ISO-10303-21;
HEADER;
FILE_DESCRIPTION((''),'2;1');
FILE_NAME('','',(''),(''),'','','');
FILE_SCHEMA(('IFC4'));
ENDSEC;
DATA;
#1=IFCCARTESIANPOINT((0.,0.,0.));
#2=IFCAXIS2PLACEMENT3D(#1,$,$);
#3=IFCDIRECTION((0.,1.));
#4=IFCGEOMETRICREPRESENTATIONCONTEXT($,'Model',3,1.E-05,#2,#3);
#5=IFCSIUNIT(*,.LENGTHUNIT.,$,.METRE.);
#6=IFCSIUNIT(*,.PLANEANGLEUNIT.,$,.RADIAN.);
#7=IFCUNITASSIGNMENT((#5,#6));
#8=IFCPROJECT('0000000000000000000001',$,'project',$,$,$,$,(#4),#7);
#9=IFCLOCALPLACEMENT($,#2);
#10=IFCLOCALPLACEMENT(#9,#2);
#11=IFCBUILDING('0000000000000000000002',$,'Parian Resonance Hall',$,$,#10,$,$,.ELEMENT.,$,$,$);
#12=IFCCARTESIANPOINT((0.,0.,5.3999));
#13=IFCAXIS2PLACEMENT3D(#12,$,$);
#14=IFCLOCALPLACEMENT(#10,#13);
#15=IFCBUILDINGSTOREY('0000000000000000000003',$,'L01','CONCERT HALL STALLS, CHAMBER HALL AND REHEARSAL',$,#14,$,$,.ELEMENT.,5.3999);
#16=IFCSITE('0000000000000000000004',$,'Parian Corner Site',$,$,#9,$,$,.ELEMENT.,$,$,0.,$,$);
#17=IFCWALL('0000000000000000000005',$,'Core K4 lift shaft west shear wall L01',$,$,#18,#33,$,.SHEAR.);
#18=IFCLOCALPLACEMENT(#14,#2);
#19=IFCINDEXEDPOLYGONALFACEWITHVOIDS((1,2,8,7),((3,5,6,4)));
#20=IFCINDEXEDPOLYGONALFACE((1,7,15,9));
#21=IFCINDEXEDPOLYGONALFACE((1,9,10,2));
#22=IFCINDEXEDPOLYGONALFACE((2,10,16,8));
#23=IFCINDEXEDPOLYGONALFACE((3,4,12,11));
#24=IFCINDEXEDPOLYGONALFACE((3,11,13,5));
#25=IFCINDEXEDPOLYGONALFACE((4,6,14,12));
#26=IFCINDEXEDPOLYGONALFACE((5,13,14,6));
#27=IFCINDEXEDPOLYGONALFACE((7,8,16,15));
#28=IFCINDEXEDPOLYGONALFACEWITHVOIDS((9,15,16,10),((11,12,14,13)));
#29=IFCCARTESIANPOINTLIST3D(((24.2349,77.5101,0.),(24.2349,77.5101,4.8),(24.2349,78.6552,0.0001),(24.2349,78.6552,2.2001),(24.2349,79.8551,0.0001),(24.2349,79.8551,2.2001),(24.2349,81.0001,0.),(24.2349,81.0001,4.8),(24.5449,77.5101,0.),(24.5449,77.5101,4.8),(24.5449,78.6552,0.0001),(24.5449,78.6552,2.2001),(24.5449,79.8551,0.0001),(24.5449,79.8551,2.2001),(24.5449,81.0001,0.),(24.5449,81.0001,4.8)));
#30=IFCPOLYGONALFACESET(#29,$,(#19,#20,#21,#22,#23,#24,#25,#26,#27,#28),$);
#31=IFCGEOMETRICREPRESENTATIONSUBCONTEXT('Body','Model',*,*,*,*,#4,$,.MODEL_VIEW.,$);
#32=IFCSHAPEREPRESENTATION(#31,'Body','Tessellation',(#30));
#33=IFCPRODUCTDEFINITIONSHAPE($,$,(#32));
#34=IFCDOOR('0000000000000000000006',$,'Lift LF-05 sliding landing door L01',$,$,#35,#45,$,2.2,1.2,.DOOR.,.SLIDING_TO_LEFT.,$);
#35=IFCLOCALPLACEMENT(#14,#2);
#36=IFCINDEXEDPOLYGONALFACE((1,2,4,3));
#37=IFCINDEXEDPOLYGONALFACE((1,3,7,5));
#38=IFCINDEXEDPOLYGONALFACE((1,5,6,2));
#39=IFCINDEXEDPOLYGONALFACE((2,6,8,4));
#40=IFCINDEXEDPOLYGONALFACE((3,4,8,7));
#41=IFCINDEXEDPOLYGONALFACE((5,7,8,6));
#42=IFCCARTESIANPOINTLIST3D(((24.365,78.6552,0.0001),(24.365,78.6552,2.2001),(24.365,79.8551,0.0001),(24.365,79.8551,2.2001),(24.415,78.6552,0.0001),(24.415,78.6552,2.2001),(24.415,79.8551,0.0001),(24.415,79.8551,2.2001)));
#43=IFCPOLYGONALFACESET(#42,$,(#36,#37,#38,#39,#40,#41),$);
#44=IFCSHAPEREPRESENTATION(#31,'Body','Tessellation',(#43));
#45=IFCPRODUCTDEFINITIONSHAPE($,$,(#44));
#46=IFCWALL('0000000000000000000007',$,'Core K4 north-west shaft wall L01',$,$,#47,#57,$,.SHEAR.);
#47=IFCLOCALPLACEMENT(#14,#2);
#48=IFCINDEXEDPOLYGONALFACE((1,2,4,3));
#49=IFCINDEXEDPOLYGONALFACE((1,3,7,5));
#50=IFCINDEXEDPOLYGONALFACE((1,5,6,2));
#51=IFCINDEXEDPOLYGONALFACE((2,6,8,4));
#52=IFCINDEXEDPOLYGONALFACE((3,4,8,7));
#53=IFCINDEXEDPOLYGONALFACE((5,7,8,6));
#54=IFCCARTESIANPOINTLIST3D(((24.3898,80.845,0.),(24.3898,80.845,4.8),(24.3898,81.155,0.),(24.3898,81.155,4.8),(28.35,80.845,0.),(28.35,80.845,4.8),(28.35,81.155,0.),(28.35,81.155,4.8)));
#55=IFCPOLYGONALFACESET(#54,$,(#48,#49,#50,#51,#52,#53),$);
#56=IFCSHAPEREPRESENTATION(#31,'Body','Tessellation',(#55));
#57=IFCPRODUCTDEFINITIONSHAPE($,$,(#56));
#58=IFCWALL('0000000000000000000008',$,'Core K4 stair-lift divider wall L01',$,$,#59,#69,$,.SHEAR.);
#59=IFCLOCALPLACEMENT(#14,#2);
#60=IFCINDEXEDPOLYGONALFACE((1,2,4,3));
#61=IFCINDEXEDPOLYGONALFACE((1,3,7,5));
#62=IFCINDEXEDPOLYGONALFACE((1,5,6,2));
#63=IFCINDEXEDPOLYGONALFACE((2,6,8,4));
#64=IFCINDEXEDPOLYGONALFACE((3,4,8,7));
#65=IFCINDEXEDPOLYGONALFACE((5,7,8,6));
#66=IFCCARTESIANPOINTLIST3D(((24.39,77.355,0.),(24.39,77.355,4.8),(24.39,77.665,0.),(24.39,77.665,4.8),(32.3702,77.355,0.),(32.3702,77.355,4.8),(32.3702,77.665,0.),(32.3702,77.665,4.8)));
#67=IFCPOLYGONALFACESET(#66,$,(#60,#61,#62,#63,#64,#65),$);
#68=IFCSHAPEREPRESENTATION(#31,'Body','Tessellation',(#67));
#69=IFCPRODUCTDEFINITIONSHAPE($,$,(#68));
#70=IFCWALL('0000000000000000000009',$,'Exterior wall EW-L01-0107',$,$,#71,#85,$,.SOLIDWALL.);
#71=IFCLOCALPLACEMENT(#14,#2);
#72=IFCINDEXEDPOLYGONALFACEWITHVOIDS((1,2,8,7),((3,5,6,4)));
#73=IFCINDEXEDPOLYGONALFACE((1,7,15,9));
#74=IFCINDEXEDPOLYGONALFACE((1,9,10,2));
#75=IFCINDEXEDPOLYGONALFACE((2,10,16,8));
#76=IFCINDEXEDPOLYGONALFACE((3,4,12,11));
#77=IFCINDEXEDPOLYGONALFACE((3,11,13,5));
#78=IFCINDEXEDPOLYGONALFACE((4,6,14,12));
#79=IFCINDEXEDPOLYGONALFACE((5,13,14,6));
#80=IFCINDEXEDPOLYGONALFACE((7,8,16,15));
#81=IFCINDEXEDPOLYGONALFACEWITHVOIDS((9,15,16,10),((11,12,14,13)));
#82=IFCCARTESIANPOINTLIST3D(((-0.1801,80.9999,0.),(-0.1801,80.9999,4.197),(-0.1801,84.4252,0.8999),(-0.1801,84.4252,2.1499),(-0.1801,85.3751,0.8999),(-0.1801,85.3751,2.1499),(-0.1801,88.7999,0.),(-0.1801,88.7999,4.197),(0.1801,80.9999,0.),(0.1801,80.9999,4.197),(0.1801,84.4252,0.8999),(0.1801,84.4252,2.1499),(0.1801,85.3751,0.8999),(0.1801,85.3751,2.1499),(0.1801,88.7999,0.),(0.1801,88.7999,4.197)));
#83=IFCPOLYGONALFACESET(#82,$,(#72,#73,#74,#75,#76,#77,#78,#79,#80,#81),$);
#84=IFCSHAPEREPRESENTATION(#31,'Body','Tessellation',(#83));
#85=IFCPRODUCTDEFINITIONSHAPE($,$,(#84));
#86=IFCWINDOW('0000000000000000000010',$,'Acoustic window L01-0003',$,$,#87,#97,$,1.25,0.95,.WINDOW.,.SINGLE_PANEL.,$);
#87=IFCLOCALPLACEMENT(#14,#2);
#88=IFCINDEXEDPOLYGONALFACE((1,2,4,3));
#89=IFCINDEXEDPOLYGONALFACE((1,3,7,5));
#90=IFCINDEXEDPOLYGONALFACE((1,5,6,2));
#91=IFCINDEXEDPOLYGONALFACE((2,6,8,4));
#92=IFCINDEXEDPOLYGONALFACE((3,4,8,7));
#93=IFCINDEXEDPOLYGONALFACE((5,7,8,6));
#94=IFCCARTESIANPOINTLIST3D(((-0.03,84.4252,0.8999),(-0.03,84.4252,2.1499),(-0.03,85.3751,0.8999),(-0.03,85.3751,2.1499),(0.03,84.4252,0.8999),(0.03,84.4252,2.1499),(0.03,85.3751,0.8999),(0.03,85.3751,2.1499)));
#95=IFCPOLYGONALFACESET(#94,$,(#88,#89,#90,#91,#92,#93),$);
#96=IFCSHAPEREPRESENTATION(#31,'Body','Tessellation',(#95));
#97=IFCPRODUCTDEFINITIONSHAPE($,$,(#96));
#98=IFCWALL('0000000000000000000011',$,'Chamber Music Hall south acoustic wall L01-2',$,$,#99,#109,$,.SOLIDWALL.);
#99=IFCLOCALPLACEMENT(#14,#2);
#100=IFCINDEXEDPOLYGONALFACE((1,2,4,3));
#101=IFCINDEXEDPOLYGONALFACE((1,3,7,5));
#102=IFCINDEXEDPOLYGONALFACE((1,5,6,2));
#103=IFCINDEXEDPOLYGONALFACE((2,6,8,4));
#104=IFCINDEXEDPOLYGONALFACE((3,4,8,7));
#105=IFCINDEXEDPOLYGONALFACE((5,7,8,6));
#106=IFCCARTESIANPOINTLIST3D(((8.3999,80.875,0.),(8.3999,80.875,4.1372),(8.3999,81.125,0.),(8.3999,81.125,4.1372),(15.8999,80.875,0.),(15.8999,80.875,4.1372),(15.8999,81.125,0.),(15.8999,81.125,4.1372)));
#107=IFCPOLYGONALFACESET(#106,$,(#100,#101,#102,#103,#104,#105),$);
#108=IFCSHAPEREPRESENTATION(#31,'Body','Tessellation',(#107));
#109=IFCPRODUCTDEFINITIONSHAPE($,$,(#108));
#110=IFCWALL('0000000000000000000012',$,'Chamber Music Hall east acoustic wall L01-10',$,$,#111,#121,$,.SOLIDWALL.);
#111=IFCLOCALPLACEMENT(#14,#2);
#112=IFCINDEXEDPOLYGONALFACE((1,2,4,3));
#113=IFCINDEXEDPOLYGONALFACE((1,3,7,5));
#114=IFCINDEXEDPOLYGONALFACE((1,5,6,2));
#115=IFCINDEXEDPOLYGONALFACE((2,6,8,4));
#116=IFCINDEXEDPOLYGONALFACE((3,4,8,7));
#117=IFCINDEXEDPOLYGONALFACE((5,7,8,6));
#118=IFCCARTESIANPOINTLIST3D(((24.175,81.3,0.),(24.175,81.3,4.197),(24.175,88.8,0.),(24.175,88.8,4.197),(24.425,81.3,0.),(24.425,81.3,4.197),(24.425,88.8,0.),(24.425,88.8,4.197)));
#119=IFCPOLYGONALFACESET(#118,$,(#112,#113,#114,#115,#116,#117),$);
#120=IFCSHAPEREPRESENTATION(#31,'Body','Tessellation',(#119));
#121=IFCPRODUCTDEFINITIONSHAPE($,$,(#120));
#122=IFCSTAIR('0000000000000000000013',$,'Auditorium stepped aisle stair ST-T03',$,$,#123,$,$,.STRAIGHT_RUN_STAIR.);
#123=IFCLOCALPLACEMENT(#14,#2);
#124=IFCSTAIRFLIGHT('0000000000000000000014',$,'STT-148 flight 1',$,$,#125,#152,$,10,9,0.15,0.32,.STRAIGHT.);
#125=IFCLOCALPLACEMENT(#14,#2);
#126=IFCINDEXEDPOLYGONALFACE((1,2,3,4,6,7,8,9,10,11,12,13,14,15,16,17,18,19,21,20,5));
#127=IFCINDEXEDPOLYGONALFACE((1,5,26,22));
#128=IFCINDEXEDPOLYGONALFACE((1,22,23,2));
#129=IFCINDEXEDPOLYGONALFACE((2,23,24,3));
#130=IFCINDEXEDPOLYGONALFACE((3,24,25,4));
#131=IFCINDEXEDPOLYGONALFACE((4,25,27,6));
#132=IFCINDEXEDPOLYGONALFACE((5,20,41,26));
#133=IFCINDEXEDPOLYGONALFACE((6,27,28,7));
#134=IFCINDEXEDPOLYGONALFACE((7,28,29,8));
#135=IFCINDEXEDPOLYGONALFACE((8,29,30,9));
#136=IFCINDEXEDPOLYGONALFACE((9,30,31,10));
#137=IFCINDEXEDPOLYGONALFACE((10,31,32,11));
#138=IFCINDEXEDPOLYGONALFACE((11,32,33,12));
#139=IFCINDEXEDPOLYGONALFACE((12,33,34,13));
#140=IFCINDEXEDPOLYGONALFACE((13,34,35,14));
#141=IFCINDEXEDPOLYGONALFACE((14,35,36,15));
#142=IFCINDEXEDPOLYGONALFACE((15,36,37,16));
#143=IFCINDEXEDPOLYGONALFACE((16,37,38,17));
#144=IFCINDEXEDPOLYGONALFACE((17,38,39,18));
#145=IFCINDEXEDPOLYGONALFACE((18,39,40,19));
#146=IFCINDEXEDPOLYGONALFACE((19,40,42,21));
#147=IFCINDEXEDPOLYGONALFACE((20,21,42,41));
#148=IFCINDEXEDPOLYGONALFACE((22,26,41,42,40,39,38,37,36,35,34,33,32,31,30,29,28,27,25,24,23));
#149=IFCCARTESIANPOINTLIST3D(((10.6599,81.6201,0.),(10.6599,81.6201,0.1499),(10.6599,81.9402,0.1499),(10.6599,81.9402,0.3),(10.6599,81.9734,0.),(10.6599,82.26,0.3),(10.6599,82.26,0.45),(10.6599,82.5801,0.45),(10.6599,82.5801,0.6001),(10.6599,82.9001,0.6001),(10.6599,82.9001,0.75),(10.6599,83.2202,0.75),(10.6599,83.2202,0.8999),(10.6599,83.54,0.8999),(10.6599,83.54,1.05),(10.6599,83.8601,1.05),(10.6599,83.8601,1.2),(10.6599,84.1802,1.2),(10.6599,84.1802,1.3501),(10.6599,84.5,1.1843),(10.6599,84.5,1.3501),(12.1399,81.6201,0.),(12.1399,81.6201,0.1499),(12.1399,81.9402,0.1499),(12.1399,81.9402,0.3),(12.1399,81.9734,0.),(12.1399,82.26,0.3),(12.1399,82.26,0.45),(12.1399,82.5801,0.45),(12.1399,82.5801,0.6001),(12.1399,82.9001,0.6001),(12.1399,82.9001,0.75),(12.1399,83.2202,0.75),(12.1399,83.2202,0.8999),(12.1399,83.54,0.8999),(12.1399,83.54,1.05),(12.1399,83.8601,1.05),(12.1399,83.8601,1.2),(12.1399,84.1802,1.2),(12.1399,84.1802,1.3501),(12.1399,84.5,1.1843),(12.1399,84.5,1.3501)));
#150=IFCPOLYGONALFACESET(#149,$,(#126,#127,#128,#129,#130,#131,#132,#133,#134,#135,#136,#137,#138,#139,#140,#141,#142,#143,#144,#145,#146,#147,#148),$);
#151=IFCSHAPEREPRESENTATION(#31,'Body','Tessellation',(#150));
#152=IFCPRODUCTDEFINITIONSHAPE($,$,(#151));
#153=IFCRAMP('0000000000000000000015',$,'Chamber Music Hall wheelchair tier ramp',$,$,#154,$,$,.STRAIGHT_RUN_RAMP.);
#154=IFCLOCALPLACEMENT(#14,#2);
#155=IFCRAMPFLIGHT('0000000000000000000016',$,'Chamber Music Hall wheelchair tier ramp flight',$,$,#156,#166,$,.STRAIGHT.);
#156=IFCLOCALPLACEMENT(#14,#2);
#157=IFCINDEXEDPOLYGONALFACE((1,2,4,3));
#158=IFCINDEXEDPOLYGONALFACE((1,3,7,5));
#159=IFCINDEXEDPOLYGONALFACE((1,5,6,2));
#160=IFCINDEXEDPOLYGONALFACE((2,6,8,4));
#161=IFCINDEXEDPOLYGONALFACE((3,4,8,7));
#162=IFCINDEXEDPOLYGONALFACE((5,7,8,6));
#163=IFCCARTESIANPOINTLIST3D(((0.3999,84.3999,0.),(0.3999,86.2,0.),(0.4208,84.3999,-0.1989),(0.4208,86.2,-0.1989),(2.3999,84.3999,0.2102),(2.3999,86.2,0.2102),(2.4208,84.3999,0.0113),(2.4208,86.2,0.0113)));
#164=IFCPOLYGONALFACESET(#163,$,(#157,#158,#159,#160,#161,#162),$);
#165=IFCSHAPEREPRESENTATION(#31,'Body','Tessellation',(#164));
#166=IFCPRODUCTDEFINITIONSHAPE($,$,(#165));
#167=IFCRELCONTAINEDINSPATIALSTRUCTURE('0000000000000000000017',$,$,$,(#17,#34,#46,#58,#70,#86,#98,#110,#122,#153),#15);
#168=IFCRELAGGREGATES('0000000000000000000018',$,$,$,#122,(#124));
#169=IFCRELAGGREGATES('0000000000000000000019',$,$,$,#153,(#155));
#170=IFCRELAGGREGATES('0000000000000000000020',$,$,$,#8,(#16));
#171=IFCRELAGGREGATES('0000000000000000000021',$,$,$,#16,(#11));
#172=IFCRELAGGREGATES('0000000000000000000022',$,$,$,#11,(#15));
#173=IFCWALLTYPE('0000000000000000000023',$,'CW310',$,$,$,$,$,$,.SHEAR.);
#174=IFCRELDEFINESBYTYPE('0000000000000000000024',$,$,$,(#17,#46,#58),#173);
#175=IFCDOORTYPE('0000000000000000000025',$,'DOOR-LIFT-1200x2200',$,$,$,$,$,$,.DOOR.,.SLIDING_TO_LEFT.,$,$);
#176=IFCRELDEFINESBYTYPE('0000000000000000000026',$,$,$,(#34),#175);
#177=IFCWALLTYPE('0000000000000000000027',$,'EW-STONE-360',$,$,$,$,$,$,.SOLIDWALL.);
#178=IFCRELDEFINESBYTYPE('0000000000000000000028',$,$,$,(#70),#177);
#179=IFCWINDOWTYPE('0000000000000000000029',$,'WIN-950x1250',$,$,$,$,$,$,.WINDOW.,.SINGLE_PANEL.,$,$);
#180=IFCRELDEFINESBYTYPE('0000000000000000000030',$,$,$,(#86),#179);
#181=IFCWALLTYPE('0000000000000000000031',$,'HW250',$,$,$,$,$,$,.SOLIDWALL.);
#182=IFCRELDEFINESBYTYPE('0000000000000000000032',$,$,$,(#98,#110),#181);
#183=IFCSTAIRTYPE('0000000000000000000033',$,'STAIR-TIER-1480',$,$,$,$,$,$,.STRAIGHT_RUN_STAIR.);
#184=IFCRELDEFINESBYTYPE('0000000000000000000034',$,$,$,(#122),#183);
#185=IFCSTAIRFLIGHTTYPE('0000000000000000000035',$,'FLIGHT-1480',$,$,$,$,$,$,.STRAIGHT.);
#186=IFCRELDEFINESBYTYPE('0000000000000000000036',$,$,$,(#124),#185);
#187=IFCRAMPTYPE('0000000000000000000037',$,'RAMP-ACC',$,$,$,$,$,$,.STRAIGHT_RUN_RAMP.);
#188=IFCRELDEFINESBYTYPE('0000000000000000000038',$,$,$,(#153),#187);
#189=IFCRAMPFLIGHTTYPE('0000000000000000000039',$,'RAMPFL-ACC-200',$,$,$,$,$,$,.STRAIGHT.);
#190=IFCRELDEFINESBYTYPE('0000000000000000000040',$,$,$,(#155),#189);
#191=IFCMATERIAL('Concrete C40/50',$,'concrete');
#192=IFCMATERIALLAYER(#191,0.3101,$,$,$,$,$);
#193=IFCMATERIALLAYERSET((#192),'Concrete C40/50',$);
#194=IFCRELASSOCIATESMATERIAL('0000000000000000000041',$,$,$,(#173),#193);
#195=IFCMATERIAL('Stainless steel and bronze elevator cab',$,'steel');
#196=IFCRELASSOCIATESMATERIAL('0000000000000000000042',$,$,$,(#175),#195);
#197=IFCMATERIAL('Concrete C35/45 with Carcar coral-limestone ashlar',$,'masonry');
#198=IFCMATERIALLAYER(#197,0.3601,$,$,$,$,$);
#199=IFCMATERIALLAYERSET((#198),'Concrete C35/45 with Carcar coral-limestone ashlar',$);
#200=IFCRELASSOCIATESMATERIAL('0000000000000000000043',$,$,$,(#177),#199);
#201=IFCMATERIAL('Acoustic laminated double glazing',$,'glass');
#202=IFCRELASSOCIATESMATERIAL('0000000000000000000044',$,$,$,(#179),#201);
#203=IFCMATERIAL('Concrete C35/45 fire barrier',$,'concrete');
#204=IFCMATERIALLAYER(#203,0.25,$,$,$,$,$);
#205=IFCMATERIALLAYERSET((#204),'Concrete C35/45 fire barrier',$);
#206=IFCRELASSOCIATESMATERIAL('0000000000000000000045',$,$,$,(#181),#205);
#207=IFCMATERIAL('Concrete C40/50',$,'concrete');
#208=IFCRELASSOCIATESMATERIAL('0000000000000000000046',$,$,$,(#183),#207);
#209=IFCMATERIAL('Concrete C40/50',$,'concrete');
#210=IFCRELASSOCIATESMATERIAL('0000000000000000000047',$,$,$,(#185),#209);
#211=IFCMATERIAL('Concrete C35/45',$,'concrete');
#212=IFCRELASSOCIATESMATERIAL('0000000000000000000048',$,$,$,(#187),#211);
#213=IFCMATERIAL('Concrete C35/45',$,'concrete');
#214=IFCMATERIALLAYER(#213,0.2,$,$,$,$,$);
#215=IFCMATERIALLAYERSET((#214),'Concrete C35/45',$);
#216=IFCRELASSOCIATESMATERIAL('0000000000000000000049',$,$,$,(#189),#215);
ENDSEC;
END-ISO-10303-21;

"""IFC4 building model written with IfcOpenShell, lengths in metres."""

from ifc_helpers import new_model, si_unit, direction, frame, frame_2d, origin, place, context, subcontext, project, spatial, polyline, rectangle, outline, extrude, material, layer, layer_set, type_object, element, fill, aggregate, save


model = new_model("IFC4")

# Units and contexts
model_context = context("Model", 3, precision=1e-05, world=origin(), true_north=direction((0.0, 1.0)))
body_context = subcontext(model_context, "Body", "Model", "MODEL_VIEW")
ifc_project = project(units=[si_unit("LENGTHUNIT", "METRE"), si_unit("PLANEANGLEUNIT", "RADIAN")], contexts=[model_context])

# Site, building, storey
site_placement = place(None, origin())
site = spatial("IfcSite", under=ifc_project, at=site_placement, Name="Parian Corner Site", CompositionType="ELEMENT", RefElevation=0.0)
building_placement = place(site_placement, origin())
building = spatial("IfcBuilding", under=site, at=building_placement, Name="Parian Resonance Hall", CompositionType="ELEMENT")
storey_placement = place(building_placement, frame((0.0, 0.0, 5.3999)))
storey = spatial("IfcBuildingStorey", under=building, at=storey_placement, Name="L01", Description="CONCERT HALL STALLS, CHAMBER HALL AND REHEARSAL", CompositionType="ELEMENT", Elevation=5.3999)

# Wall, opening, door
ifc_material_1 = material(Name="Concrete C40/50", Category="concrete")
ifc_layer_1 = layer(ifc_material_1, 0.3101)
ifc_layer_set_1 = layer_set([ifc_layer_1], Name="Concrete C40/50")
wall_type_1 = type_object("IfcWallType", Name="CW310", PredefinedType="SHEAR", material=ifc_layer_set_1)
wall_1_placement = place(storey_placement, frame((24.3899, 77.51, 0.0), z_axis=(0.0, 0.0, 1.0), x_axis=(0.0, 1.0, 0.0)))
wall_1 = element("IfcWall", 1, at=wall_1_placement, inside=storey, type_object=wall_type_1, Name="Core K4 lift shaft west shear wall L01", PredefinedType="SHEAR", context=body_context, shape_type="SweptSolid", body=[
    extrude(rectangle(XDim=3.49, YDim=0.3101, at=frame_2d((1.7451, 0.0))), origin(), (0.0, 0.0, 1.0), 4.8),
])
opening_1_placement = place(wall_1_placement, frame((1.145, 0.0, 0.0)))
opening_1 = element("IfcOpeningElement", 2, at=opening_1_placement, cuts=wall_1, PredefinedType="OPENING", context=body_context, shape_type="SweptSolid", body=[
    extrude(rectangle(XDim=1.2, YDim=2.2, at=frame_2d((0.6001, 1.1001))), frame((0.0, 0.165, 0.0), z_axis=(0.0, -1.0, 0.0), x_axis=(1.0, 0.0, 0.0)), (0.0, 0.0, 1.0), 0.3301),
])
ifc_material_2 = material(Name="Stainless steel and bronze elevator cab", Category="steel")
door_type_1 = type_object("IfcDoorType", Name="DOOR-LIFT-1200x2200", OperationType="SLIDING_TO_LEFT", PredefinedType="DOOR", material=ifc_material_2)
door_1_placement = place(opening_1_placement, origin())
door_1 = element("IfcDoor", 3, at=door_1_placement, inside=storey, type_object=door_type_1, Name="Lift LF-05 sliding landing door L01", OperationType="SLIDING_TO_LEFT", OverallHeight=2.2, OverallWidth=1.2, PredefinedType="DOOR", context=body_context, shape_type="SweptSolid", body=[
    extrude(rectangle(XDim=1.2, YDim=2.2, at=frame_2d((0.6001, 1.1001))), frame((0.0, 0.0249, 0.0), z_axis=(0.0, -1.0, 0.0), x_axis=(1.0, 0.0, 0.0)), (0.0, 0.0, 1.0), 0.05),
])
fill(opening_1, door_1)

# Walls
wall_2_placement = place(storey_placement, frame((24.3899, 81.0, 0.0), z_axis=(0.0, 0.0, 1.0), x_axis=(1.0, 0.0, 0.0)))
element("IfcWall", 4, at=wall_2_placement, inside=storey, type_object=wall_type_1, Name="Core K4 north-west shaft wall L01", PredefinedType="SHEAR", context=body_context, shape_type="SweptSolid", body=[
    extrude(rectangle(XDim=3.9602, YDim=0.3101, at=frame_2d((1.98, 0.0))), origin(), (0.0, 0.0, 1.0), 4.8),
])
wall_3_placement = place(storey_placement, frame((24.3899, 77.51, 0.0), z_axis=(0.0, 0.0, 1.0), x_axis=(1.0, 0.0, 0.0)))
element("IfcWall", 5, at=wall_3_placement, inside=storey, type_object=wall_type_1, Name="Core K4 stair-lift divider wall L01", PredefinedType="SHEAR", context=body_context, shape_type="SweptSolid", body=[
    extrude(rectangle(XDim=7.9802, YDim=0.3101, at=frame_2d((3.9902, 0.0))), origin(), (0.0, 0.0, 1.0), 4.8),
])

# Wall, opening, window
ifc_material_3 = material(Name="Concrete C35/45 with Carcar coral-limestone ashlar", Category="masonry")
ifc_layer_2 = layer(ifc_material_3, 0.3601)
ifc_layer_set_2 = layer_set([ifc_layer_2], Name="Concrete C35/45 with Carcar coral-limestone ashlar")
wall_type_2 = type_object("IfcWallType", Name="EW-STONE-360", PredefinedType="SOLIDWALL", material=ifc_layer_set_2)
wall_4_placement = place(storey_placement, frame((0.0, 81.0, 0.0), z_axis=(0.0, 0.0, 1.0), x_axis=(0.0, 1.0, 0.0)))
wall_4 = element("IfcWall", 6, at=wall_4_placement, inside=storey, type_object=wall_type_2, Name="Exterior wall EW-L01-0107", PredefinedType="SOLIDWALL", context=body_context, shape_type="SweptSolid", body=[
    extrude(rectangle(XDim=7.8, YDim=0.3601, at=frame_2d((3.8999, 0.0))), origin(), (0.0, 0.0, 1.0), 4.197),
])
opening_2_placement = place(wall_4_placement, frame((3.425, 0.0, 0.8999)))
opening_2 = element("IfcOpeningElement", 7, at=opening_2_placement, cuts=wall_4, PredefinedType="OPENING", context=body_context, shape_type="SweptSolid", body=[
    extrude(rectangle(XDim=0.95, YDim=1.25, at=frame_2d((0.4751, 0.625))), frame((0.0, 0.1899, 0.0), z_axis=(0.0, -1.0, 0.0), x_axis=(1.0, 0.0, 0.0)), (0.0, 0.0, 1.0), 0.3801),
])
ifc_material_4 = material(Name="Acoustic laminated double glazing", Category="glass")
window_type = type_object("IfcWindowType", Name="WIN-950x1250", PartitioningType="SINGLE_PANEL", PredefinedType="WINDOW", material=ifc_material_4)
window_placement = place(opening_2_placement, origin())
window = element("IfcWindow", 8, at=window_placement, inside=storey, type_object=window_type, Name="Acoustic window L01-0003", OverallHeight=1.25, OverallWidth=0.95, PartitioningType="SINGLE_PANEL", PredefinedType="WINDOW", context=body_context, shape_type="SweptSolid", body=[
    extrude(rectangle(XDim=0.95, YDim=1.25, at=frame_2d((0.4751, 0.625))), frame((0.0, 0.03, 0.0), z_axis=(0.0, -1.0, 0.0), x_axis=(1.0, 0.0, 0.0)), (0.0, 0.0, 1.0), 0.0601),
])
fill(opening_2, window)

# Shared definitions
ifc_material_5 = material(Name="Concrete C35/45 fire barrier", Category="concrete")
ifc_layer_3 = layer(ifc_material_5, 0.25)
ifc_layer_set_3 = layer_set([ifc_layer_3], Name="Concrete C35/45 fire barrier")
wall_type_3 = type_object("IfcWallType", Name="HW250", PredefinedType="SOLIDWALL", material=ifc_layer_set_3)

# Wall
wall_5_placement = place(storey_placement, frame((8.3999, 81.0, 0.0), z_axis=(0.0, 0.0, 1.0), x_axis=(1.0, 0.0, 0.0)))
element("IfcWall", 9, at=wall_5_placement, inside=storey, type_object=wall_type_3, Name="Chamber Music Hall south acoustic wall L01-2", PredefinedType="SOLIDWALL", context=body_context, shape_type="SweptSolid", body=[
    extrude(rectangle(XDim=7.5, YDim=0.25, at=frame_2d((3.75, 0.0))), origin(), (0.0, 0.0, 1.0), 4.1372),
])

# Wall
wall_6_placement = place(storey_placement, frame((24.3, 81.3, 0.0), z_axis=(0.0, 0.0, 1.0), x_axis=(0.0, 1.0, 0.0)))
element("IfcWall", 10, at=wall_6_placement, inside=storey, type_object=wall_type_3, Name="Chamber Music Hall east acoustic wall L01-10", PredefinedType="SOLIDWALL", context=body_context, shape_type="SweptSolid", body=[
    extrude(rectangle(XDim=7.5, YDim=0.25, at=frame_2d((3.75, 0.0))), origin(), (0.0, 0.0, 1.0), 4.197),
])

# Stair, stair flight
ifc_material_6 = material(Name="Concrete C40/50", Category="concrete")
stair_type = type_object("IfcStairType", Name="STAIR-TIER-1480", PredefinedType="STRAIGHT_RUN_STAIR", material=ifc_material_6)
stair_placement = place(storey_placement, origin())
stair = element("IfcStair", 11, at=stair_placement, inside=storey, type_object=stair_type, Name="Auditorium stepped aisle stair ST-T03", PredefinedType="STRAIGHT_RUN_STAIR")
ifc_material_7 = material(Name="Concrete C40/50", Category="concrete")
stair_flight_type = type_object("IfcStairFlightType", Name="FLIGHT-1480", PredefinedType="STRAIGHT", material=ifc_material_7)
stair_flight_placement = place(storey_placement, frame((11.3999, 81.6201, 0.0), z_axis=(0.0, 0.0, 1.0), x_axis=(0.0, 1.0, 0.0)))
stair_flight = element("IfcStairFlight", 12, at=stair_flight_placement, type_object=stair_flight_type, Name="STT-148 flight 1", NumberOfRisers=10, NumberOfTreads=9, PredefinedType="STRAIGHT", RiserHeight=0.15, TreadLength=0.32, context=body_context, shape_type="SweptSolid", body=[
    extrude(outline(polyline([(0.0, 0.0), (0.0, 0.1499), (0.3201, 0.1499), (0.3201, 0.3), (0.6399, 0.3), (0.6399, 0.45), (0.96, 0.45), (0.96, 0.6001), (1.28, 0.6001), (1.28, 0.75), (1.6001, 0.75), (1.6001, 0.8999), (1.9199, 0.8999), (1.9199, 1.05), (2.24, 1.05), (2.24, 1.2), (2.5601, 1.2), (2.5601, 1.3501), (2.8799, 1.3501), (2.8799, 1.5), (2.8799, 1.1843), (0.3533, 0.0), (0.0, 0.0)])), frame((0.0, 0.74, 0.0), z_axis=(0.0, -1.0, 0.0), x_axis=(1.0, 0.0, 0.0)), (0.0, 0.0, 1.0), 1.48),
])
aggregate(stair, [stair_flight])

# Ramp, ramp flight
ifc_material_8 = material(Name="Concrete C35/45", Category="concrete")
ramp_type = type_object("IfcRampType", Name="RAMP-ACC", PredefinedType="STRAIGHT_RUN_RAMP", material=ifc_material_8)
ramp_placement = place(storey_placement, origin())
ramp = element("IfcRamp", 13, at=ramp_placement, inside=storey, type_object=ramp_type, Name="Chamber Music Hall wheelchair tier ramp", PredefinedType="STRAIGHT_RUN_RAMP")
ifc_material_9 = material(Name="Concrete C35/45", Category="concrete")
ifc_layer_4 = layer(ifc_material_9, 0.2)
ifc_layer_set_4 = layer_set([ifc_layer_4], Name="Concrete C35/45")
ramp_flight_type = type_object("IfcRampFlightType", Name="RAMPFL-ACC-200", PredefinedType="STRAIGHT", material=ifc_layer_set_4)
ramp_flight_placement = place(storey_placement, frame((0.3999, 84.3999, 0.0), z_axis=(-0.104527, 0.0, 0.994522), x_axis=(0.0, 1.0, 0.0)))
ramp_flight = element("IfcRampFlight", 14, at=ramp_flight_placement, type_object=ramp_flight_type, Name="Chamber Music Hall wheelchair tier ramp flight", PredefinedType="STRAIGHT", context=body_context, shape_type="SweptSolid", body=[
    extrude(outline(polyline([(0.0, 0.0), (1.8, 0.0), (1.8, -2.011), (0.0, -2.011), (0.0, 0.0)])), origin(), (0.0, 0.0, -1.0), 0.2),
])
aggregate(ramp, [ramp_flight])

save(model, "model.ifc")
